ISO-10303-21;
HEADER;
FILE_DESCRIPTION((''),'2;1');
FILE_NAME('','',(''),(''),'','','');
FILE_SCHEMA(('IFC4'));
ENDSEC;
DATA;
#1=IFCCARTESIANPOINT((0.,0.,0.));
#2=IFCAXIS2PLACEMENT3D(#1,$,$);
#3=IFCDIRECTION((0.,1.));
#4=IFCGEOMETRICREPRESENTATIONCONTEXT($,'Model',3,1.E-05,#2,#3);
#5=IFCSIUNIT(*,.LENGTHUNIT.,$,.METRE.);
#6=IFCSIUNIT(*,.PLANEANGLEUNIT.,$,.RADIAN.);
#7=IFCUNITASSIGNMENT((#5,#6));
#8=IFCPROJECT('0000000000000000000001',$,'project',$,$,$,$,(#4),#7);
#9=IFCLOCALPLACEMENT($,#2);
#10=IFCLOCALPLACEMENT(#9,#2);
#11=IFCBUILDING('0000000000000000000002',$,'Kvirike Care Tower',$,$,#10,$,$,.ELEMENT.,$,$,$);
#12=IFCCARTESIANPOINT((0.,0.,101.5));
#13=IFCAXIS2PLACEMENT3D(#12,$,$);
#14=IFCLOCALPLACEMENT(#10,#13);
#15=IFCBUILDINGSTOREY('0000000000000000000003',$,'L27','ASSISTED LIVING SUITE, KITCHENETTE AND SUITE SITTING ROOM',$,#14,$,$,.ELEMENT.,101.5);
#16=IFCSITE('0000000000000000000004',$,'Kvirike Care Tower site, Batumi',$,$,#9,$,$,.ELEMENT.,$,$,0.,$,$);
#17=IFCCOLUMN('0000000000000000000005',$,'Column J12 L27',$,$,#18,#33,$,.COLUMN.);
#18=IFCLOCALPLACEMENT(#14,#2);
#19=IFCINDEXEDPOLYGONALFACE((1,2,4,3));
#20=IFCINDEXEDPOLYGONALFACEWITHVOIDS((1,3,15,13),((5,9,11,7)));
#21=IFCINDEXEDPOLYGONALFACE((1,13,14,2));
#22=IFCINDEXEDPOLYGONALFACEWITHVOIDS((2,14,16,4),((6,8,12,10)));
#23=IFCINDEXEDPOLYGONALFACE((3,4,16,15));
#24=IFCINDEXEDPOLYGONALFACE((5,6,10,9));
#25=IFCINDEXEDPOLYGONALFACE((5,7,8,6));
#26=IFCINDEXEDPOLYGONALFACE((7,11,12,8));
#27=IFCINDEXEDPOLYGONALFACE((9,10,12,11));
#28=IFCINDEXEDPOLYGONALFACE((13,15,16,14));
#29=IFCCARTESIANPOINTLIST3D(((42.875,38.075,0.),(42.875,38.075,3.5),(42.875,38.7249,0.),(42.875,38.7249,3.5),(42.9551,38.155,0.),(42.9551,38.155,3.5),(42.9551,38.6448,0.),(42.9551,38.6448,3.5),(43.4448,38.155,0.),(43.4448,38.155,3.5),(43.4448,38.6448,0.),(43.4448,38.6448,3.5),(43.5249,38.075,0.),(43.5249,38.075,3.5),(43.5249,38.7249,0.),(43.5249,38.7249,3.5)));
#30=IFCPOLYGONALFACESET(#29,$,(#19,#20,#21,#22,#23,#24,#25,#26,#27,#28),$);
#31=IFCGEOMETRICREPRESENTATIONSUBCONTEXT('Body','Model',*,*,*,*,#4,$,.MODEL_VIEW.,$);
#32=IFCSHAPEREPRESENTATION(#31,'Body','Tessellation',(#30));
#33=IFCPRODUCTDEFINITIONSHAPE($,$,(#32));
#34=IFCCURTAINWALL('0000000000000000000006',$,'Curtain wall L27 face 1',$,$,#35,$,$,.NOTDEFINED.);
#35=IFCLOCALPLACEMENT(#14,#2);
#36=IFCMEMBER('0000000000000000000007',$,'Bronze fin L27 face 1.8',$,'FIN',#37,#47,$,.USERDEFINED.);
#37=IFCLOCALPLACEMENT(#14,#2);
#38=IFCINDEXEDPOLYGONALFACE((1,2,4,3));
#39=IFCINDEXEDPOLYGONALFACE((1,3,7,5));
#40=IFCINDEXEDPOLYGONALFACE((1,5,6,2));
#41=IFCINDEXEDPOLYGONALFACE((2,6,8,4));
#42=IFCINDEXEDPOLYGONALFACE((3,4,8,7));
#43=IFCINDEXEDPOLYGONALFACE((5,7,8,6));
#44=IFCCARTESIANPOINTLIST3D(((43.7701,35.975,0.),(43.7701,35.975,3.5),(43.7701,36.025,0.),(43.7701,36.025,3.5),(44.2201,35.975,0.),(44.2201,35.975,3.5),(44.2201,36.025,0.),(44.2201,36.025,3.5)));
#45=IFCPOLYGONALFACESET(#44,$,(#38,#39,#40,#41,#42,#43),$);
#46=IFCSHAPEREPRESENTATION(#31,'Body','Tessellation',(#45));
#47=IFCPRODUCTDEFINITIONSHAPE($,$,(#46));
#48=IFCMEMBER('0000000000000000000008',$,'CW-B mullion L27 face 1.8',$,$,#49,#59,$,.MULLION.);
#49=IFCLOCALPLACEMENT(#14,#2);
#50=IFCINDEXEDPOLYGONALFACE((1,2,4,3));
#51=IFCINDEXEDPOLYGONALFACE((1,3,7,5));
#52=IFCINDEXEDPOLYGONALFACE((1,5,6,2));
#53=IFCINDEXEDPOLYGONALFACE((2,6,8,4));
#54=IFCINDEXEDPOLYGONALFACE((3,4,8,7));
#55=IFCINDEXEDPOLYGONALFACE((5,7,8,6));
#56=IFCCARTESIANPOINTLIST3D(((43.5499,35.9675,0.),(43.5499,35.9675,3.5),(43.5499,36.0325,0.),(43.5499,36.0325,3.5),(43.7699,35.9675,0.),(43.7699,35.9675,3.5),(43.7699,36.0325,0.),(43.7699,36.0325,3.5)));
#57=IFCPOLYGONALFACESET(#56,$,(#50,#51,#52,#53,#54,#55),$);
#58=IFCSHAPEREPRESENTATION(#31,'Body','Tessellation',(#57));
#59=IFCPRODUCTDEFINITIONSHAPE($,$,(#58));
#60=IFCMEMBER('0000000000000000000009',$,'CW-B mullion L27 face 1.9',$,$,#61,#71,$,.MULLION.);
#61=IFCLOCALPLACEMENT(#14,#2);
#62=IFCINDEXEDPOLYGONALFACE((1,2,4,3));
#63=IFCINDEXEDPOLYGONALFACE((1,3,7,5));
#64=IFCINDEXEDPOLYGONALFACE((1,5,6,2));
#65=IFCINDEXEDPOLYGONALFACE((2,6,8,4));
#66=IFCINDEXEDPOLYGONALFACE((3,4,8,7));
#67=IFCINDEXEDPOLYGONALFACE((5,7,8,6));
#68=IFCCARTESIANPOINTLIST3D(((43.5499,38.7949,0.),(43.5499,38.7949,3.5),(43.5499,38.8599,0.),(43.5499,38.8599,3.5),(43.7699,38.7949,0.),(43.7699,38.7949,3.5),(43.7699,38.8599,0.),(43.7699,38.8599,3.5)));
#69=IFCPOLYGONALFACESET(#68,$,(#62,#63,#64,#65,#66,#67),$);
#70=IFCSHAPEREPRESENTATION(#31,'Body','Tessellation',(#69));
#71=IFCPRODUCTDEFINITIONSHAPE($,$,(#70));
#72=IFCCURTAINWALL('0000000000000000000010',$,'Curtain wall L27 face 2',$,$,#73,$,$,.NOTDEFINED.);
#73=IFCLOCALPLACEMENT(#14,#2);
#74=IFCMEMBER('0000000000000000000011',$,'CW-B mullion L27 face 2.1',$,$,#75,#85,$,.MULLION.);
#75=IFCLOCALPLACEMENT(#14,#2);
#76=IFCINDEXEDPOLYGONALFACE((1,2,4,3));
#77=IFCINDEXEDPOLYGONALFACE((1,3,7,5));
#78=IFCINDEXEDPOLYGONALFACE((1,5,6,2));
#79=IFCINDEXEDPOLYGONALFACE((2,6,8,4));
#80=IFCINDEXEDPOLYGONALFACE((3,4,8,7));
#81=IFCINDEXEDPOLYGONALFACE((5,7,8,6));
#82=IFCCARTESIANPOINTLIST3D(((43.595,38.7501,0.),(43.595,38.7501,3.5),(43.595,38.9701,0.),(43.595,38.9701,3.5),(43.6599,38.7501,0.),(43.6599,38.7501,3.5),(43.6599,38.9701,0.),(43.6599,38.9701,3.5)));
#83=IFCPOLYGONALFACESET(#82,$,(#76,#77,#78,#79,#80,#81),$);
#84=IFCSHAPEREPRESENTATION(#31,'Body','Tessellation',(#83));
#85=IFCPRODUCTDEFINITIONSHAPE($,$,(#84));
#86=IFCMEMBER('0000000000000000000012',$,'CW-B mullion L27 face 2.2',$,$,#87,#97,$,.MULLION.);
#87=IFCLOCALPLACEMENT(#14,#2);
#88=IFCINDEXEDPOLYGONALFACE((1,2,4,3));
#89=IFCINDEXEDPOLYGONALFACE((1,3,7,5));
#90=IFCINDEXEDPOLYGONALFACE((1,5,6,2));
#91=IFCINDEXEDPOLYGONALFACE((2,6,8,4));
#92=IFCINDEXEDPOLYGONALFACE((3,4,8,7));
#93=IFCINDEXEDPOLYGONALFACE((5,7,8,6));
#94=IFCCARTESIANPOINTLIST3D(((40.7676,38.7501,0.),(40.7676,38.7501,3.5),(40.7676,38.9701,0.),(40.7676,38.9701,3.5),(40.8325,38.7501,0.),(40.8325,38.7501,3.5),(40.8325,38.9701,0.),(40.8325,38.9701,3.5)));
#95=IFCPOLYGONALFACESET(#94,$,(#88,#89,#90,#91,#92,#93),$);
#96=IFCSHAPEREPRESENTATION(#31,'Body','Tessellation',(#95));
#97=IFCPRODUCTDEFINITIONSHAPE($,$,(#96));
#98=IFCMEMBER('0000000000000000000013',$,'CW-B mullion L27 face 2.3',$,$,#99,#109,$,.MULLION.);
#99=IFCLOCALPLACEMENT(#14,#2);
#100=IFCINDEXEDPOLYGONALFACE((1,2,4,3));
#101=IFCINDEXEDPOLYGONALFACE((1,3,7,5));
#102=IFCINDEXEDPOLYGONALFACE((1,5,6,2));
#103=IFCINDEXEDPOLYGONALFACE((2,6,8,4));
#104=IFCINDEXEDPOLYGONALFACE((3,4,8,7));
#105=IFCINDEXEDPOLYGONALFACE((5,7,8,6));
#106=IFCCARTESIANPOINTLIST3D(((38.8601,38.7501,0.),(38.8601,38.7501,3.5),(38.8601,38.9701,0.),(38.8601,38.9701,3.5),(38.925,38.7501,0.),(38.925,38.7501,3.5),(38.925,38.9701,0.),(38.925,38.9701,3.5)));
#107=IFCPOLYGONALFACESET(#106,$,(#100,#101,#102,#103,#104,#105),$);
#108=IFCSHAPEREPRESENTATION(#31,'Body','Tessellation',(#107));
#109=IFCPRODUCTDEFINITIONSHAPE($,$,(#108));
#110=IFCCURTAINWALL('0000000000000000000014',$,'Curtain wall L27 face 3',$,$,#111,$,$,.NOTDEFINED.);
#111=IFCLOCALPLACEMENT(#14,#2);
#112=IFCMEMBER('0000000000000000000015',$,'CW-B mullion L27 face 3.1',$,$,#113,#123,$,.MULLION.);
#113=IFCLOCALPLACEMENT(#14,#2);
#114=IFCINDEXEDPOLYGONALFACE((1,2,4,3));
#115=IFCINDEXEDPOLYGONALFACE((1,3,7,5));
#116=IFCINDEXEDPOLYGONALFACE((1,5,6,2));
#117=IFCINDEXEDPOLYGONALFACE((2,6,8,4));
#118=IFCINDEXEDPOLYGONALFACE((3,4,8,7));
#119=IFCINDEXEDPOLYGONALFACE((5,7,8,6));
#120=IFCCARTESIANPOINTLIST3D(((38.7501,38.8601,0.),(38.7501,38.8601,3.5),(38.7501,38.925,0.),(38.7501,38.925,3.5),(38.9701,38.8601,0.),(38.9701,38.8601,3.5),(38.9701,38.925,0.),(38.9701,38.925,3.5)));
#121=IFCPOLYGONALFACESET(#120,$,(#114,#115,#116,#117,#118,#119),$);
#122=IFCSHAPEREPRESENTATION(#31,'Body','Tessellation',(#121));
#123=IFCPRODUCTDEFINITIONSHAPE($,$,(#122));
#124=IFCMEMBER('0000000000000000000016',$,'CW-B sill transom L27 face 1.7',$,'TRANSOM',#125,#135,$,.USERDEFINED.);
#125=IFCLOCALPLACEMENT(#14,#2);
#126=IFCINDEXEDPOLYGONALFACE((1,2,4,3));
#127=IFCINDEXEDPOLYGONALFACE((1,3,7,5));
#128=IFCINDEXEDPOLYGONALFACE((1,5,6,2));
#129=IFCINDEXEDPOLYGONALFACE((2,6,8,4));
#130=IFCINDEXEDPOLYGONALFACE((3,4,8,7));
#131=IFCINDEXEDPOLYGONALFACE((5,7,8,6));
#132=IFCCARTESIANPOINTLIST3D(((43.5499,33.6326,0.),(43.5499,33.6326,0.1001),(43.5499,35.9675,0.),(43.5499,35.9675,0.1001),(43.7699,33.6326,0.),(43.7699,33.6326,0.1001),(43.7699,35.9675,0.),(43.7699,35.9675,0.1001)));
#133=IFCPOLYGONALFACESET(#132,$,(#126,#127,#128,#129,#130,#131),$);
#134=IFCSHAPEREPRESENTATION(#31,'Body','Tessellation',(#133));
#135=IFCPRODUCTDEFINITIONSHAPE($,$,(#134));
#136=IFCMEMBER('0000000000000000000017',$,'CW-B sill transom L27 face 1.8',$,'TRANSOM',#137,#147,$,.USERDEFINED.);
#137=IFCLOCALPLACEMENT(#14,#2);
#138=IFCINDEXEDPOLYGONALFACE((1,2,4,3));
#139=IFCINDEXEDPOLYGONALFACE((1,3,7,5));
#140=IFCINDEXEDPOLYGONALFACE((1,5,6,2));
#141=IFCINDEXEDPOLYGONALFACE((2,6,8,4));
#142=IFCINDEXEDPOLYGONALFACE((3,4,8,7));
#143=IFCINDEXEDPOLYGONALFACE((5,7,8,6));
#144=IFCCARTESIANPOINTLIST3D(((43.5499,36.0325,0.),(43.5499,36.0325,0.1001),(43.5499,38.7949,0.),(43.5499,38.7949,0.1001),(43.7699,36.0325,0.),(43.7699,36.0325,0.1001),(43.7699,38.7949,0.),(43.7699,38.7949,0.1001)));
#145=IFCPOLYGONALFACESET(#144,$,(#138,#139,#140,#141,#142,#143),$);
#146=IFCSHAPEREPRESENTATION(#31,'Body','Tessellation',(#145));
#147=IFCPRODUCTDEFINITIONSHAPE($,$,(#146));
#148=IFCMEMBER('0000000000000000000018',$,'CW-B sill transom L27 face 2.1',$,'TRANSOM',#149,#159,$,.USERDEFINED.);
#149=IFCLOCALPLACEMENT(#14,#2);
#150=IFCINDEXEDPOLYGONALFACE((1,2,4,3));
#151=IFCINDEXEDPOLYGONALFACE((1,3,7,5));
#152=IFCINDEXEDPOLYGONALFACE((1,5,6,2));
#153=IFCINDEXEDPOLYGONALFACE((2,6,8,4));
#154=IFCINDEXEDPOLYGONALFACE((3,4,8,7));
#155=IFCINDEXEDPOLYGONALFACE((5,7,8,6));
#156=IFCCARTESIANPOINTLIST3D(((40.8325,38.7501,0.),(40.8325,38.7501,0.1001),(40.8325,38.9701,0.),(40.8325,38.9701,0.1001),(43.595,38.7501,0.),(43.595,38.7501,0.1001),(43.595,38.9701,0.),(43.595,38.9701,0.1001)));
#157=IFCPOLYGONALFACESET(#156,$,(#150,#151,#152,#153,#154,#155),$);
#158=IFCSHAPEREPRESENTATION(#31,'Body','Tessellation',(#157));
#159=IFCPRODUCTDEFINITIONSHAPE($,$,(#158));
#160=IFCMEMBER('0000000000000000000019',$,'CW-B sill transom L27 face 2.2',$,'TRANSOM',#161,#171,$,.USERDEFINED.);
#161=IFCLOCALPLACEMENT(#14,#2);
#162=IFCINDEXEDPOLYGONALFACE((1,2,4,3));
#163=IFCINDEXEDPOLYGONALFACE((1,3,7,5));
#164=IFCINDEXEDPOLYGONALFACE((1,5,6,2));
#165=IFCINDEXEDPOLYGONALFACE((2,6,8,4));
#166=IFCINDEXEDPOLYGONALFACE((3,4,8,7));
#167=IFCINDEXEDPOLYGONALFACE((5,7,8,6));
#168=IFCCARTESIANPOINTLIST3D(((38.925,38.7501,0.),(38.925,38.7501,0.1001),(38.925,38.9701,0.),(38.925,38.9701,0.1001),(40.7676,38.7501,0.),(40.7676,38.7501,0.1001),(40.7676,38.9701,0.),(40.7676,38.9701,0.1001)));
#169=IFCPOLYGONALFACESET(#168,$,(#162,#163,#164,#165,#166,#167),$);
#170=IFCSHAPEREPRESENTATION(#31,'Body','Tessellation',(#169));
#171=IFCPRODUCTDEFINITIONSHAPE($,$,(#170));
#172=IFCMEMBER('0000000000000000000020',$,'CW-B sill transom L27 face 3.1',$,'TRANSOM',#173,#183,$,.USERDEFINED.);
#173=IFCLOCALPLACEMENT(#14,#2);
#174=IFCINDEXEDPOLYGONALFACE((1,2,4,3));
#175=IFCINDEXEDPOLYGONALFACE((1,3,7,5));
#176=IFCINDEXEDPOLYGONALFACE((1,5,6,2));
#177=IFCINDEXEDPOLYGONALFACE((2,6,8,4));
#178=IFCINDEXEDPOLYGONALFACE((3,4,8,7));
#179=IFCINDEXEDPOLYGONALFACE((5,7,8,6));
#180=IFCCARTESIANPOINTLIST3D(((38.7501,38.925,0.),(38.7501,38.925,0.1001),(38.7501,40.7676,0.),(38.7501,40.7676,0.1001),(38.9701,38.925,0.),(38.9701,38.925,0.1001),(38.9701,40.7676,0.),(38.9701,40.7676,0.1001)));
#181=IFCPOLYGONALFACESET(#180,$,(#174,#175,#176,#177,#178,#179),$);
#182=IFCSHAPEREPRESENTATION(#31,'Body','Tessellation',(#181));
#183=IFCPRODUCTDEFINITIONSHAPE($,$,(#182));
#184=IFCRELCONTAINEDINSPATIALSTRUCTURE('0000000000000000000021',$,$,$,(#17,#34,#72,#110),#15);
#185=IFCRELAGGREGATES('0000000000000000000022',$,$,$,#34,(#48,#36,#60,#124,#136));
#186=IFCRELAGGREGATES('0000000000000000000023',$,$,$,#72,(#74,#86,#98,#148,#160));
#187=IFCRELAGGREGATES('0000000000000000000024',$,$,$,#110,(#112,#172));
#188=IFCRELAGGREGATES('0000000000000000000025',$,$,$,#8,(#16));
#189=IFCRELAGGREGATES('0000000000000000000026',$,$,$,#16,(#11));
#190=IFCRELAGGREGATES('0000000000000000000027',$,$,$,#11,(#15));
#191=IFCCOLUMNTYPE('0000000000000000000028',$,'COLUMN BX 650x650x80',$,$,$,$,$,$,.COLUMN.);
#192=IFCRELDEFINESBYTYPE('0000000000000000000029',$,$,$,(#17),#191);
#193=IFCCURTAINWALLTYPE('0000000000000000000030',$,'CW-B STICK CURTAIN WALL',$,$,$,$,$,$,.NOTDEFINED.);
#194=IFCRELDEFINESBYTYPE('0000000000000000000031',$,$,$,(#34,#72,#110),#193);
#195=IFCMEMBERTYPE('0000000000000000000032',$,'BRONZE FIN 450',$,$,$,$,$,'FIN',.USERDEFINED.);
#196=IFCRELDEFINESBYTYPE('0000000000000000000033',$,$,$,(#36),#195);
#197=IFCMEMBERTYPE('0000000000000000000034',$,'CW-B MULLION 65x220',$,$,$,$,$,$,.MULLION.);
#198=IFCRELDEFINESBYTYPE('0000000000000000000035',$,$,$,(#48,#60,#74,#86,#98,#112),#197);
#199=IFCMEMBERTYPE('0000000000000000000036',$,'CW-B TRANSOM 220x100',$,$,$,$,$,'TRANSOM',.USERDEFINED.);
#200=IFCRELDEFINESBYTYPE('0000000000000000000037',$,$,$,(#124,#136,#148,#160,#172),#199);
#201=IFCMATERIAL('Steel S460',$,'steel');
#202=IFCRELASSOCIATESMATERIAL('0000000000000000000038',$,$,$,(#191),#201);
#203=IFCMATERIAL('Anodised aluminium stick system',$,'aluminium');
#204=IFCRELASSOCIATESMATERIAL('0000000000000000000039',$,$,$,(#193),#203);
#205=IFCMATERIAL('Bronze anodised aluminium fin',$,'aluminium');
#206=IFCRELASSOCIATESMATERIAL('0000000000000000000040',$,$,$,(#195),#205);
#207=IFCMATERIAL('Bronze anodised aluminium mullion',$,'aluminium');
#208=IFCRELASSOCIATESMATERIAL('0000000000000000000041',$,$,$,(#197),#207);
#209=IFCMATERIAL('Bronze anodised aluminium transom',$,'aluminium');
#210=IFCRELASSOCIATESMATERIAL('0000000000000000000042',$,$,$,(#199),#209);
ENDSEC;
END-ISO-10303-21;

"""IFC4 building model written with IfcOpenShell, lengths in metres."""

from ifc_helpers import new_model, si_unit, direction, frame, origin, origin_2d, place, context, subcontext, project, spatial, rectangle, hollow_rectangle, extrude, material, material_profile, profile_set, type_object, element, aggregate, save


model = new_model("IFC4")

# Units and contexts
model_context = context("Model", 3, precision=1e-05, world=origin(), true_north=direction((0.0, 1.0)))
body_context = subcontext(model_context, "Body", "Model", "MODEL_VIEW")
ifc_project = project(units=[si_unit("LENGTHUNIT", "METRE"), si_unit("PLANEANGLEUNIT", "RADIAN")], contexts=[model_context])

# Site, building, storey
site_placement = place(None, origin())
site = spatial("IfcSite", under=ifc_project, at=site_placement, Name="Kvirike Care Tower site, Batumi", CompositionType="ELEMENT", RefElevation=0.0)
building_placement = place(site_placement, origin())
building = spatial("IfcBuilding", under=site, at=building_placement, Name="Kvirike Care Tower", CompositionType="ELEMENT")
storey_placement = place(building_placement, frame((0.0, 0.0, 101.5)))
storey = spatial("IfcBuildingStorey", under=building, at=storey_placement, Name="L27", Description="ASSISTED LIVING SUITE, KITCHENETTE AND SUITE SITTING ROOM", CompositionType="ELEMENT", Elevation=101.5)

# Column
ifc_material_1 = material(Name="Steel S460", Category="steel")
ifc_material_profile_1 = material_profile(ifc_material_1, hollow_rectangle(XDim=0.6499, YDim=0.6499, WallThickness=0.0801, at=origin_2d()), Name="BX 650x650x80")
ifc_profile_set_1 = profile_set([ifc_material_profile_1], Name="Steel S460")
column_type = type_object("IfcColumnType", Name="COLUMN BX 650x650x80", PredefinedType="COLUMN", material=ifc_profile_set_1)
column_placement = place(storey_placement, frame((43.2, 38.3999, 0.0), z_axis=(0.0, 0.0, 1.0), x_axis=(0.0, 1.0, 0.0)))
element("IfcColumn", 1, at=column_placement, inside=storey, type_object=column_type, Name="Column J12 L27", PredefinedType="COLUMN", context=body_context, shape_type="SweptSolid", body=[
    extrude(hollow_rectangle(XDim=0.6499, YDim=0.6499, WallThickness=0.0801, at=origin_2d()), origin(), (0.0, 0.0, 1.0), 3.5),
])

# Curtain walls, members
ifc_material_2 = material(Name="Anodised aluminium stick system", Category="aluminium")
curtain_wall_type = type_object("IfcCurtainWallType", Name="CW-B STICK CURTAIN WALL", PredefinedType="NOTDEFINED", material=ifc_material_2)
curtain_wall_1_placement = place(storey_placement, origin())
curtain_wall_1 = element("IfcCurtainWall", 2, at=curtain_wall_1_placement, inside=storey, type_object=curtain_wall_type, Name="Curtain wall L27 face 1", PredefinedType="NOTDEFINED")
ifc_material_3 = material(Name="Bronze anodised aluminium fin", Category="aluminium")
ifc_material_profile_2 = material_profile(ifc_material_3, rectangle(XDim=0.05, YDim=0.45, at=origin_2d()), Name="BRONZE FIN 450")
ifc_profile_set_2 = profile_set([ifc_material_profile_2], Name="Bronze anodised aluminium fin")
member_type_1 = type_object("IfcMemberType", Name="BRONZE FIN 450", ElementType="FIN", PredefinedType="USERDEFINED", material=ifc_profile_set_2)
member_1_placement = place(storey_placement, frame((43.9951, 36.0, 0.0), z_axis=(0.0, 0.0, 1.0), x_axis=(0.0, 1.0, 0.0)))
member_1 = element("IfcMember", 3, at=member_1_placement, type_object=member_type_1, Name="Bronze fin L27 face 1.8", ObjectType="FIN", PredefinedType="USERDEFINED", context=body_context, shape_type="SweptSolid", body=[
    extrude(rectangle(XDim=0.05, YDim=0.45, at=origin_2d()), origin(), (0.0, 0.0, 1.0), 3.5),
])
ifc_material_4 = material(Name="Bronze anodised aluminium mullion", Category="aluminium")
ifc_material_profile_3 = material_profile(ifc_material_4, rectangle(XDim=0.0649, YDim=0.22, at=origin_2d()), Name="CW-B MULLION 65x220")
ifc_profile_set_3 = profile_set([ifc_material_profile_3], Name="Bronze anodised aluminium mullion")
member_type_2 = type_object("IfcMemberType", Name="CW-B MULLION 65x220", PredefinedType="MULLION", material=ifc_profile_set_3)
member_2_placement = place(storey_placement, frame((43.6599, 36.0, 0.0), z_axis=(0.0, 0.0, 1.0), x_axis=(0.0, 1.0, 0.0)))
member_2 = element("IfcMember", 4, at=member_2_placement, type_object=member_type_2, Name="CW-B mullion L27 face 1.8", PredefinedType="MULLION", context=body_context, shape_type="SweptSolid", body=[
    extrude(rectangle(XDim=0.0649, YDim=0.22, at=origin_2d()), origin(), (0.0, 0.0, 1.0), 3.5),
])
member_3_placement = place(storey_placement, frame((43.6599, 38.8274, 0.0), z_axis=(0.0, 0.0, 1.0), x_axis=(0.0, 1.0, 0.0)))
member_3 = element("IfcMember", 5, at=member_3_placement, type_object=member_type_2, Name="CW-B mullion L27 face 1.9", PredefinedType="MULLION", context=body_context, shape_type="SweptSolid", body=[
    extrude(rectangle(XDim=0.0649, YDim=0.22, at=origin_2d()), origin(), (0.0, 0.0, 1.0), 3.5),
])
curtain_wall_2_placement = place(storey_placement, origin())
curtain_wall_2 = element("IfcCurtainWall", 6, at=curtain_wall_2_placement, inside=storey, type_object=curtain_wall_type, Name="Curtain wall L27 face 2", PredefinedType="NOTDEFINED")
member_4_placement = place(storey_placement, frame((43.6274, 38.8601, 0.0), z_axis=(0.0, 0.0, 1.0), x_axis=(-1.0, 0.0, 0.0)))
member_4 = element("IfcMember", 7, at=member_4_placement, type_object=member_type_2, Name="CW-B mullion L27 face 2.1", PredefinedType="MULLION", context=body_context, shape_type="SweptSolid", body=[
    extrude(rectangle(XDim=0.0649, YDim=0.22, at=origin_2d()), origin(), (0.0, 0.0, 1.0), 3.5),
])
member_5_placement = place(storey_placement, frame((40.8, 38.8601, 0.0), z_axis=(0.0, 0.0, 1.0), x_axis=(-1.0, 0.0, 0.0)))
member_5 = element("IfcMember", 8, at=member_5_placement, type_object=member_type_2, Name="CW-B mullion L27 face 2.2", PredefinedType="MULLION", context=body_context, shape_type="SweptSolid", body=[
    extrude(rectangle(XDim=0.0649, YDim=0.22, at=origin_2d()), origin(), (0.0, 0.0, 1.0), 3.5),
])
member_6_placement = place(storey_placement, frame((38.8926, 38.8601, 0.0), z_axis=(0.0, 0.0, 1.0), x_axis=(-1.0, 0.0, 0.0)))
member_6 = element("IfcMember", 9, at=member_6_placement, type_object=member_type_2, Name="CW-B mullion L27 face 2.3", PredefinedType="MULLION", context=body_context, shape_type="SweptSolid", body=[
    extrude(rectangle(XDim=0.0649, YDim=0.22, at=origin_2d()), origin(), (0.0, 0.0, 1.0), 3.5),
])

# Curtain wall, member
curtain_wall_3_placement = place(storey_placement, origin())
curtain_wall_3 = element("IfcCurtainWall", 10, at=curtain_wall_3_placement, inside=storey, type_object=curtain_wall_type, Name="Curtain wall L27 face 3", PredefinedType="NOTDEFINED")
member_7_placement = place(storey_placement, frame((38.8601, 38.8926, 0.0), z_axis=(0.0, 0.0, 1.0), x_axis=(0.0, 1.0, 0.0)))
member_7 = element("IfcMember", 11, at=member_7_placement, type_object=member_type_2, Name="CW-B mullion L27 face 3.1", PredefinedType="MULLION", context=body_context, shape_type="SweptSolid", body=[
    extrude(rectangle(XDim=0.0649, YDim=0.22, at=origin_2d()), origin(), (0.0, 0.0, 1.0), 3.5),
])

# Members
ifc_material_5 = material(Name="Bronze anodised aluminium transom", Category="aluminium")
ifc_material_profile_4 = material_profile(ifc_material_5, rectangle(XDim=0.22, YDim=0.1001, at=origin_2d()), Name="CW-B TRANSOM 220x100")
ifc_profile_set_4 = profile_set([ifc_material_profile_4], Name="Bronze anodised aluminium transom")
member_type_3 = type_object("IfcMemberType", Name="CW-B TRANSOM 220x100", ElementType="TRANSOM", PredefinedType="USERDEFINED", material=ifc_profile_set_4)
member_8_placement = place(storey_placement, frame((43.6599, 33.6326, 0.05), z_axis=(0.0, 1.0, 0.0), x_axis=(-1.0, 0.0, 0.0)))
member_8 = element("IfcMember", 12, at=member_8_placement, type_object=member_type_3, Name="CW-B sill transom L27 face 1.7", ObjectType="TRANSOM", PredefinedType="USERDEFINED", context=body_context, shape_type="SweptSolid", body=[
    extrude(rectangle(XDim=0.22, YDim=0.1001, at=origin_2d()), origin(), (0.0, 0.0, 1.0), 2.335),
])
member_9_placement = place(storey_placement, frame((43.6599, 36.0325, 0.05), z_axis=(0.0, 1.0, 0.0), x_axis=(-1.0, 0.0, 0.0)))
member_9 = element("IfcMember", 13, at=member_9_placement, type_object=member_type_3, Name="CW-B sill transom L27 face 1.8", ObjectType="TRANSOM", PredefinedType="USERDEFINED", context=body_context, shape_type="SweptSolid", body=[
    extrude(rectangle(XDim=0.22, YDim=0.1001, at=origin_2d()), origin(), (0.0, 0.0, 1.0), 2.7625),
])
member_10_placement = place(storey_placement, frame((43.595, 38.8601, 0.05), z_axis=(-1.0, 0.0, 0.0), x_axis=(0.0, -1.0, 0.0)))
member_10 = element("IfcMember", 14, at=member_10_placement, type_object=member_type_3, Name="CW-B sill transom L27 face 2.1", ObjectType="TRANSOM", PredefinedType="USERDEFINED", context=body_context, shape_type="SweptSolid", body=[
    extrude(rectangle(XDim=0.22, YDim=0.1001, at=origin_2d()), origin(), (0.0, 0.0, 1.0), 2.7625),
])
member_11_placement = place(storey_placement, frame((40.7676, 38.8601, 0.05), z_axis=(-1.0, 0.0, 0.0), x_axis=(0.0, -1.0, 0.0)))
member_11 = element("IfcMember", 15, at=member_11_placement, type_object=member_type_3, Name="CW-B sill transom L27 face 2.2", ObjectType="TRANSOM", PredefinedType="USERDEFINED", context=body_context, shape_type="SweptSolid", body=[
    extrude(rectangle(XDim=0.22, YDim=0.1001, at=origin_2d()), origin(), (0.0, 0.0, 1.0), 1.8425),
])
member_12_placement = place(storey_placement, frame((38.8601, 38.925, 0.05), z_axis=(0.0, 1.0, 0.0), x_axis=(-1.0, 0.0, 0.0)))
member_12 = element("IfcMember", 16, at=member_12_placement, type_object=member_type_3, Name="CW-B sill transom L27 face 3.1", ObjectType="TRANSOM", PredefinedType="USERDEFINED", context=body_context, shape_type="SweptSolid", body=[
    extrude(rectangle(XDim=0.22, YDim=0.1001, at=origin_2d()), origin(), (0.0, 0.0, 1.0), 1.8425),
])

aggregate(curtain_wall_1, [member_2, member_1, member_3, member_8, member_9])
aggregate(curtain_wall_2, [member_4, member_5, member_6, member_10, member_11])
aggregate(curtain_wall_3, [member_7, member_12])

save(model, "model.ifc")
